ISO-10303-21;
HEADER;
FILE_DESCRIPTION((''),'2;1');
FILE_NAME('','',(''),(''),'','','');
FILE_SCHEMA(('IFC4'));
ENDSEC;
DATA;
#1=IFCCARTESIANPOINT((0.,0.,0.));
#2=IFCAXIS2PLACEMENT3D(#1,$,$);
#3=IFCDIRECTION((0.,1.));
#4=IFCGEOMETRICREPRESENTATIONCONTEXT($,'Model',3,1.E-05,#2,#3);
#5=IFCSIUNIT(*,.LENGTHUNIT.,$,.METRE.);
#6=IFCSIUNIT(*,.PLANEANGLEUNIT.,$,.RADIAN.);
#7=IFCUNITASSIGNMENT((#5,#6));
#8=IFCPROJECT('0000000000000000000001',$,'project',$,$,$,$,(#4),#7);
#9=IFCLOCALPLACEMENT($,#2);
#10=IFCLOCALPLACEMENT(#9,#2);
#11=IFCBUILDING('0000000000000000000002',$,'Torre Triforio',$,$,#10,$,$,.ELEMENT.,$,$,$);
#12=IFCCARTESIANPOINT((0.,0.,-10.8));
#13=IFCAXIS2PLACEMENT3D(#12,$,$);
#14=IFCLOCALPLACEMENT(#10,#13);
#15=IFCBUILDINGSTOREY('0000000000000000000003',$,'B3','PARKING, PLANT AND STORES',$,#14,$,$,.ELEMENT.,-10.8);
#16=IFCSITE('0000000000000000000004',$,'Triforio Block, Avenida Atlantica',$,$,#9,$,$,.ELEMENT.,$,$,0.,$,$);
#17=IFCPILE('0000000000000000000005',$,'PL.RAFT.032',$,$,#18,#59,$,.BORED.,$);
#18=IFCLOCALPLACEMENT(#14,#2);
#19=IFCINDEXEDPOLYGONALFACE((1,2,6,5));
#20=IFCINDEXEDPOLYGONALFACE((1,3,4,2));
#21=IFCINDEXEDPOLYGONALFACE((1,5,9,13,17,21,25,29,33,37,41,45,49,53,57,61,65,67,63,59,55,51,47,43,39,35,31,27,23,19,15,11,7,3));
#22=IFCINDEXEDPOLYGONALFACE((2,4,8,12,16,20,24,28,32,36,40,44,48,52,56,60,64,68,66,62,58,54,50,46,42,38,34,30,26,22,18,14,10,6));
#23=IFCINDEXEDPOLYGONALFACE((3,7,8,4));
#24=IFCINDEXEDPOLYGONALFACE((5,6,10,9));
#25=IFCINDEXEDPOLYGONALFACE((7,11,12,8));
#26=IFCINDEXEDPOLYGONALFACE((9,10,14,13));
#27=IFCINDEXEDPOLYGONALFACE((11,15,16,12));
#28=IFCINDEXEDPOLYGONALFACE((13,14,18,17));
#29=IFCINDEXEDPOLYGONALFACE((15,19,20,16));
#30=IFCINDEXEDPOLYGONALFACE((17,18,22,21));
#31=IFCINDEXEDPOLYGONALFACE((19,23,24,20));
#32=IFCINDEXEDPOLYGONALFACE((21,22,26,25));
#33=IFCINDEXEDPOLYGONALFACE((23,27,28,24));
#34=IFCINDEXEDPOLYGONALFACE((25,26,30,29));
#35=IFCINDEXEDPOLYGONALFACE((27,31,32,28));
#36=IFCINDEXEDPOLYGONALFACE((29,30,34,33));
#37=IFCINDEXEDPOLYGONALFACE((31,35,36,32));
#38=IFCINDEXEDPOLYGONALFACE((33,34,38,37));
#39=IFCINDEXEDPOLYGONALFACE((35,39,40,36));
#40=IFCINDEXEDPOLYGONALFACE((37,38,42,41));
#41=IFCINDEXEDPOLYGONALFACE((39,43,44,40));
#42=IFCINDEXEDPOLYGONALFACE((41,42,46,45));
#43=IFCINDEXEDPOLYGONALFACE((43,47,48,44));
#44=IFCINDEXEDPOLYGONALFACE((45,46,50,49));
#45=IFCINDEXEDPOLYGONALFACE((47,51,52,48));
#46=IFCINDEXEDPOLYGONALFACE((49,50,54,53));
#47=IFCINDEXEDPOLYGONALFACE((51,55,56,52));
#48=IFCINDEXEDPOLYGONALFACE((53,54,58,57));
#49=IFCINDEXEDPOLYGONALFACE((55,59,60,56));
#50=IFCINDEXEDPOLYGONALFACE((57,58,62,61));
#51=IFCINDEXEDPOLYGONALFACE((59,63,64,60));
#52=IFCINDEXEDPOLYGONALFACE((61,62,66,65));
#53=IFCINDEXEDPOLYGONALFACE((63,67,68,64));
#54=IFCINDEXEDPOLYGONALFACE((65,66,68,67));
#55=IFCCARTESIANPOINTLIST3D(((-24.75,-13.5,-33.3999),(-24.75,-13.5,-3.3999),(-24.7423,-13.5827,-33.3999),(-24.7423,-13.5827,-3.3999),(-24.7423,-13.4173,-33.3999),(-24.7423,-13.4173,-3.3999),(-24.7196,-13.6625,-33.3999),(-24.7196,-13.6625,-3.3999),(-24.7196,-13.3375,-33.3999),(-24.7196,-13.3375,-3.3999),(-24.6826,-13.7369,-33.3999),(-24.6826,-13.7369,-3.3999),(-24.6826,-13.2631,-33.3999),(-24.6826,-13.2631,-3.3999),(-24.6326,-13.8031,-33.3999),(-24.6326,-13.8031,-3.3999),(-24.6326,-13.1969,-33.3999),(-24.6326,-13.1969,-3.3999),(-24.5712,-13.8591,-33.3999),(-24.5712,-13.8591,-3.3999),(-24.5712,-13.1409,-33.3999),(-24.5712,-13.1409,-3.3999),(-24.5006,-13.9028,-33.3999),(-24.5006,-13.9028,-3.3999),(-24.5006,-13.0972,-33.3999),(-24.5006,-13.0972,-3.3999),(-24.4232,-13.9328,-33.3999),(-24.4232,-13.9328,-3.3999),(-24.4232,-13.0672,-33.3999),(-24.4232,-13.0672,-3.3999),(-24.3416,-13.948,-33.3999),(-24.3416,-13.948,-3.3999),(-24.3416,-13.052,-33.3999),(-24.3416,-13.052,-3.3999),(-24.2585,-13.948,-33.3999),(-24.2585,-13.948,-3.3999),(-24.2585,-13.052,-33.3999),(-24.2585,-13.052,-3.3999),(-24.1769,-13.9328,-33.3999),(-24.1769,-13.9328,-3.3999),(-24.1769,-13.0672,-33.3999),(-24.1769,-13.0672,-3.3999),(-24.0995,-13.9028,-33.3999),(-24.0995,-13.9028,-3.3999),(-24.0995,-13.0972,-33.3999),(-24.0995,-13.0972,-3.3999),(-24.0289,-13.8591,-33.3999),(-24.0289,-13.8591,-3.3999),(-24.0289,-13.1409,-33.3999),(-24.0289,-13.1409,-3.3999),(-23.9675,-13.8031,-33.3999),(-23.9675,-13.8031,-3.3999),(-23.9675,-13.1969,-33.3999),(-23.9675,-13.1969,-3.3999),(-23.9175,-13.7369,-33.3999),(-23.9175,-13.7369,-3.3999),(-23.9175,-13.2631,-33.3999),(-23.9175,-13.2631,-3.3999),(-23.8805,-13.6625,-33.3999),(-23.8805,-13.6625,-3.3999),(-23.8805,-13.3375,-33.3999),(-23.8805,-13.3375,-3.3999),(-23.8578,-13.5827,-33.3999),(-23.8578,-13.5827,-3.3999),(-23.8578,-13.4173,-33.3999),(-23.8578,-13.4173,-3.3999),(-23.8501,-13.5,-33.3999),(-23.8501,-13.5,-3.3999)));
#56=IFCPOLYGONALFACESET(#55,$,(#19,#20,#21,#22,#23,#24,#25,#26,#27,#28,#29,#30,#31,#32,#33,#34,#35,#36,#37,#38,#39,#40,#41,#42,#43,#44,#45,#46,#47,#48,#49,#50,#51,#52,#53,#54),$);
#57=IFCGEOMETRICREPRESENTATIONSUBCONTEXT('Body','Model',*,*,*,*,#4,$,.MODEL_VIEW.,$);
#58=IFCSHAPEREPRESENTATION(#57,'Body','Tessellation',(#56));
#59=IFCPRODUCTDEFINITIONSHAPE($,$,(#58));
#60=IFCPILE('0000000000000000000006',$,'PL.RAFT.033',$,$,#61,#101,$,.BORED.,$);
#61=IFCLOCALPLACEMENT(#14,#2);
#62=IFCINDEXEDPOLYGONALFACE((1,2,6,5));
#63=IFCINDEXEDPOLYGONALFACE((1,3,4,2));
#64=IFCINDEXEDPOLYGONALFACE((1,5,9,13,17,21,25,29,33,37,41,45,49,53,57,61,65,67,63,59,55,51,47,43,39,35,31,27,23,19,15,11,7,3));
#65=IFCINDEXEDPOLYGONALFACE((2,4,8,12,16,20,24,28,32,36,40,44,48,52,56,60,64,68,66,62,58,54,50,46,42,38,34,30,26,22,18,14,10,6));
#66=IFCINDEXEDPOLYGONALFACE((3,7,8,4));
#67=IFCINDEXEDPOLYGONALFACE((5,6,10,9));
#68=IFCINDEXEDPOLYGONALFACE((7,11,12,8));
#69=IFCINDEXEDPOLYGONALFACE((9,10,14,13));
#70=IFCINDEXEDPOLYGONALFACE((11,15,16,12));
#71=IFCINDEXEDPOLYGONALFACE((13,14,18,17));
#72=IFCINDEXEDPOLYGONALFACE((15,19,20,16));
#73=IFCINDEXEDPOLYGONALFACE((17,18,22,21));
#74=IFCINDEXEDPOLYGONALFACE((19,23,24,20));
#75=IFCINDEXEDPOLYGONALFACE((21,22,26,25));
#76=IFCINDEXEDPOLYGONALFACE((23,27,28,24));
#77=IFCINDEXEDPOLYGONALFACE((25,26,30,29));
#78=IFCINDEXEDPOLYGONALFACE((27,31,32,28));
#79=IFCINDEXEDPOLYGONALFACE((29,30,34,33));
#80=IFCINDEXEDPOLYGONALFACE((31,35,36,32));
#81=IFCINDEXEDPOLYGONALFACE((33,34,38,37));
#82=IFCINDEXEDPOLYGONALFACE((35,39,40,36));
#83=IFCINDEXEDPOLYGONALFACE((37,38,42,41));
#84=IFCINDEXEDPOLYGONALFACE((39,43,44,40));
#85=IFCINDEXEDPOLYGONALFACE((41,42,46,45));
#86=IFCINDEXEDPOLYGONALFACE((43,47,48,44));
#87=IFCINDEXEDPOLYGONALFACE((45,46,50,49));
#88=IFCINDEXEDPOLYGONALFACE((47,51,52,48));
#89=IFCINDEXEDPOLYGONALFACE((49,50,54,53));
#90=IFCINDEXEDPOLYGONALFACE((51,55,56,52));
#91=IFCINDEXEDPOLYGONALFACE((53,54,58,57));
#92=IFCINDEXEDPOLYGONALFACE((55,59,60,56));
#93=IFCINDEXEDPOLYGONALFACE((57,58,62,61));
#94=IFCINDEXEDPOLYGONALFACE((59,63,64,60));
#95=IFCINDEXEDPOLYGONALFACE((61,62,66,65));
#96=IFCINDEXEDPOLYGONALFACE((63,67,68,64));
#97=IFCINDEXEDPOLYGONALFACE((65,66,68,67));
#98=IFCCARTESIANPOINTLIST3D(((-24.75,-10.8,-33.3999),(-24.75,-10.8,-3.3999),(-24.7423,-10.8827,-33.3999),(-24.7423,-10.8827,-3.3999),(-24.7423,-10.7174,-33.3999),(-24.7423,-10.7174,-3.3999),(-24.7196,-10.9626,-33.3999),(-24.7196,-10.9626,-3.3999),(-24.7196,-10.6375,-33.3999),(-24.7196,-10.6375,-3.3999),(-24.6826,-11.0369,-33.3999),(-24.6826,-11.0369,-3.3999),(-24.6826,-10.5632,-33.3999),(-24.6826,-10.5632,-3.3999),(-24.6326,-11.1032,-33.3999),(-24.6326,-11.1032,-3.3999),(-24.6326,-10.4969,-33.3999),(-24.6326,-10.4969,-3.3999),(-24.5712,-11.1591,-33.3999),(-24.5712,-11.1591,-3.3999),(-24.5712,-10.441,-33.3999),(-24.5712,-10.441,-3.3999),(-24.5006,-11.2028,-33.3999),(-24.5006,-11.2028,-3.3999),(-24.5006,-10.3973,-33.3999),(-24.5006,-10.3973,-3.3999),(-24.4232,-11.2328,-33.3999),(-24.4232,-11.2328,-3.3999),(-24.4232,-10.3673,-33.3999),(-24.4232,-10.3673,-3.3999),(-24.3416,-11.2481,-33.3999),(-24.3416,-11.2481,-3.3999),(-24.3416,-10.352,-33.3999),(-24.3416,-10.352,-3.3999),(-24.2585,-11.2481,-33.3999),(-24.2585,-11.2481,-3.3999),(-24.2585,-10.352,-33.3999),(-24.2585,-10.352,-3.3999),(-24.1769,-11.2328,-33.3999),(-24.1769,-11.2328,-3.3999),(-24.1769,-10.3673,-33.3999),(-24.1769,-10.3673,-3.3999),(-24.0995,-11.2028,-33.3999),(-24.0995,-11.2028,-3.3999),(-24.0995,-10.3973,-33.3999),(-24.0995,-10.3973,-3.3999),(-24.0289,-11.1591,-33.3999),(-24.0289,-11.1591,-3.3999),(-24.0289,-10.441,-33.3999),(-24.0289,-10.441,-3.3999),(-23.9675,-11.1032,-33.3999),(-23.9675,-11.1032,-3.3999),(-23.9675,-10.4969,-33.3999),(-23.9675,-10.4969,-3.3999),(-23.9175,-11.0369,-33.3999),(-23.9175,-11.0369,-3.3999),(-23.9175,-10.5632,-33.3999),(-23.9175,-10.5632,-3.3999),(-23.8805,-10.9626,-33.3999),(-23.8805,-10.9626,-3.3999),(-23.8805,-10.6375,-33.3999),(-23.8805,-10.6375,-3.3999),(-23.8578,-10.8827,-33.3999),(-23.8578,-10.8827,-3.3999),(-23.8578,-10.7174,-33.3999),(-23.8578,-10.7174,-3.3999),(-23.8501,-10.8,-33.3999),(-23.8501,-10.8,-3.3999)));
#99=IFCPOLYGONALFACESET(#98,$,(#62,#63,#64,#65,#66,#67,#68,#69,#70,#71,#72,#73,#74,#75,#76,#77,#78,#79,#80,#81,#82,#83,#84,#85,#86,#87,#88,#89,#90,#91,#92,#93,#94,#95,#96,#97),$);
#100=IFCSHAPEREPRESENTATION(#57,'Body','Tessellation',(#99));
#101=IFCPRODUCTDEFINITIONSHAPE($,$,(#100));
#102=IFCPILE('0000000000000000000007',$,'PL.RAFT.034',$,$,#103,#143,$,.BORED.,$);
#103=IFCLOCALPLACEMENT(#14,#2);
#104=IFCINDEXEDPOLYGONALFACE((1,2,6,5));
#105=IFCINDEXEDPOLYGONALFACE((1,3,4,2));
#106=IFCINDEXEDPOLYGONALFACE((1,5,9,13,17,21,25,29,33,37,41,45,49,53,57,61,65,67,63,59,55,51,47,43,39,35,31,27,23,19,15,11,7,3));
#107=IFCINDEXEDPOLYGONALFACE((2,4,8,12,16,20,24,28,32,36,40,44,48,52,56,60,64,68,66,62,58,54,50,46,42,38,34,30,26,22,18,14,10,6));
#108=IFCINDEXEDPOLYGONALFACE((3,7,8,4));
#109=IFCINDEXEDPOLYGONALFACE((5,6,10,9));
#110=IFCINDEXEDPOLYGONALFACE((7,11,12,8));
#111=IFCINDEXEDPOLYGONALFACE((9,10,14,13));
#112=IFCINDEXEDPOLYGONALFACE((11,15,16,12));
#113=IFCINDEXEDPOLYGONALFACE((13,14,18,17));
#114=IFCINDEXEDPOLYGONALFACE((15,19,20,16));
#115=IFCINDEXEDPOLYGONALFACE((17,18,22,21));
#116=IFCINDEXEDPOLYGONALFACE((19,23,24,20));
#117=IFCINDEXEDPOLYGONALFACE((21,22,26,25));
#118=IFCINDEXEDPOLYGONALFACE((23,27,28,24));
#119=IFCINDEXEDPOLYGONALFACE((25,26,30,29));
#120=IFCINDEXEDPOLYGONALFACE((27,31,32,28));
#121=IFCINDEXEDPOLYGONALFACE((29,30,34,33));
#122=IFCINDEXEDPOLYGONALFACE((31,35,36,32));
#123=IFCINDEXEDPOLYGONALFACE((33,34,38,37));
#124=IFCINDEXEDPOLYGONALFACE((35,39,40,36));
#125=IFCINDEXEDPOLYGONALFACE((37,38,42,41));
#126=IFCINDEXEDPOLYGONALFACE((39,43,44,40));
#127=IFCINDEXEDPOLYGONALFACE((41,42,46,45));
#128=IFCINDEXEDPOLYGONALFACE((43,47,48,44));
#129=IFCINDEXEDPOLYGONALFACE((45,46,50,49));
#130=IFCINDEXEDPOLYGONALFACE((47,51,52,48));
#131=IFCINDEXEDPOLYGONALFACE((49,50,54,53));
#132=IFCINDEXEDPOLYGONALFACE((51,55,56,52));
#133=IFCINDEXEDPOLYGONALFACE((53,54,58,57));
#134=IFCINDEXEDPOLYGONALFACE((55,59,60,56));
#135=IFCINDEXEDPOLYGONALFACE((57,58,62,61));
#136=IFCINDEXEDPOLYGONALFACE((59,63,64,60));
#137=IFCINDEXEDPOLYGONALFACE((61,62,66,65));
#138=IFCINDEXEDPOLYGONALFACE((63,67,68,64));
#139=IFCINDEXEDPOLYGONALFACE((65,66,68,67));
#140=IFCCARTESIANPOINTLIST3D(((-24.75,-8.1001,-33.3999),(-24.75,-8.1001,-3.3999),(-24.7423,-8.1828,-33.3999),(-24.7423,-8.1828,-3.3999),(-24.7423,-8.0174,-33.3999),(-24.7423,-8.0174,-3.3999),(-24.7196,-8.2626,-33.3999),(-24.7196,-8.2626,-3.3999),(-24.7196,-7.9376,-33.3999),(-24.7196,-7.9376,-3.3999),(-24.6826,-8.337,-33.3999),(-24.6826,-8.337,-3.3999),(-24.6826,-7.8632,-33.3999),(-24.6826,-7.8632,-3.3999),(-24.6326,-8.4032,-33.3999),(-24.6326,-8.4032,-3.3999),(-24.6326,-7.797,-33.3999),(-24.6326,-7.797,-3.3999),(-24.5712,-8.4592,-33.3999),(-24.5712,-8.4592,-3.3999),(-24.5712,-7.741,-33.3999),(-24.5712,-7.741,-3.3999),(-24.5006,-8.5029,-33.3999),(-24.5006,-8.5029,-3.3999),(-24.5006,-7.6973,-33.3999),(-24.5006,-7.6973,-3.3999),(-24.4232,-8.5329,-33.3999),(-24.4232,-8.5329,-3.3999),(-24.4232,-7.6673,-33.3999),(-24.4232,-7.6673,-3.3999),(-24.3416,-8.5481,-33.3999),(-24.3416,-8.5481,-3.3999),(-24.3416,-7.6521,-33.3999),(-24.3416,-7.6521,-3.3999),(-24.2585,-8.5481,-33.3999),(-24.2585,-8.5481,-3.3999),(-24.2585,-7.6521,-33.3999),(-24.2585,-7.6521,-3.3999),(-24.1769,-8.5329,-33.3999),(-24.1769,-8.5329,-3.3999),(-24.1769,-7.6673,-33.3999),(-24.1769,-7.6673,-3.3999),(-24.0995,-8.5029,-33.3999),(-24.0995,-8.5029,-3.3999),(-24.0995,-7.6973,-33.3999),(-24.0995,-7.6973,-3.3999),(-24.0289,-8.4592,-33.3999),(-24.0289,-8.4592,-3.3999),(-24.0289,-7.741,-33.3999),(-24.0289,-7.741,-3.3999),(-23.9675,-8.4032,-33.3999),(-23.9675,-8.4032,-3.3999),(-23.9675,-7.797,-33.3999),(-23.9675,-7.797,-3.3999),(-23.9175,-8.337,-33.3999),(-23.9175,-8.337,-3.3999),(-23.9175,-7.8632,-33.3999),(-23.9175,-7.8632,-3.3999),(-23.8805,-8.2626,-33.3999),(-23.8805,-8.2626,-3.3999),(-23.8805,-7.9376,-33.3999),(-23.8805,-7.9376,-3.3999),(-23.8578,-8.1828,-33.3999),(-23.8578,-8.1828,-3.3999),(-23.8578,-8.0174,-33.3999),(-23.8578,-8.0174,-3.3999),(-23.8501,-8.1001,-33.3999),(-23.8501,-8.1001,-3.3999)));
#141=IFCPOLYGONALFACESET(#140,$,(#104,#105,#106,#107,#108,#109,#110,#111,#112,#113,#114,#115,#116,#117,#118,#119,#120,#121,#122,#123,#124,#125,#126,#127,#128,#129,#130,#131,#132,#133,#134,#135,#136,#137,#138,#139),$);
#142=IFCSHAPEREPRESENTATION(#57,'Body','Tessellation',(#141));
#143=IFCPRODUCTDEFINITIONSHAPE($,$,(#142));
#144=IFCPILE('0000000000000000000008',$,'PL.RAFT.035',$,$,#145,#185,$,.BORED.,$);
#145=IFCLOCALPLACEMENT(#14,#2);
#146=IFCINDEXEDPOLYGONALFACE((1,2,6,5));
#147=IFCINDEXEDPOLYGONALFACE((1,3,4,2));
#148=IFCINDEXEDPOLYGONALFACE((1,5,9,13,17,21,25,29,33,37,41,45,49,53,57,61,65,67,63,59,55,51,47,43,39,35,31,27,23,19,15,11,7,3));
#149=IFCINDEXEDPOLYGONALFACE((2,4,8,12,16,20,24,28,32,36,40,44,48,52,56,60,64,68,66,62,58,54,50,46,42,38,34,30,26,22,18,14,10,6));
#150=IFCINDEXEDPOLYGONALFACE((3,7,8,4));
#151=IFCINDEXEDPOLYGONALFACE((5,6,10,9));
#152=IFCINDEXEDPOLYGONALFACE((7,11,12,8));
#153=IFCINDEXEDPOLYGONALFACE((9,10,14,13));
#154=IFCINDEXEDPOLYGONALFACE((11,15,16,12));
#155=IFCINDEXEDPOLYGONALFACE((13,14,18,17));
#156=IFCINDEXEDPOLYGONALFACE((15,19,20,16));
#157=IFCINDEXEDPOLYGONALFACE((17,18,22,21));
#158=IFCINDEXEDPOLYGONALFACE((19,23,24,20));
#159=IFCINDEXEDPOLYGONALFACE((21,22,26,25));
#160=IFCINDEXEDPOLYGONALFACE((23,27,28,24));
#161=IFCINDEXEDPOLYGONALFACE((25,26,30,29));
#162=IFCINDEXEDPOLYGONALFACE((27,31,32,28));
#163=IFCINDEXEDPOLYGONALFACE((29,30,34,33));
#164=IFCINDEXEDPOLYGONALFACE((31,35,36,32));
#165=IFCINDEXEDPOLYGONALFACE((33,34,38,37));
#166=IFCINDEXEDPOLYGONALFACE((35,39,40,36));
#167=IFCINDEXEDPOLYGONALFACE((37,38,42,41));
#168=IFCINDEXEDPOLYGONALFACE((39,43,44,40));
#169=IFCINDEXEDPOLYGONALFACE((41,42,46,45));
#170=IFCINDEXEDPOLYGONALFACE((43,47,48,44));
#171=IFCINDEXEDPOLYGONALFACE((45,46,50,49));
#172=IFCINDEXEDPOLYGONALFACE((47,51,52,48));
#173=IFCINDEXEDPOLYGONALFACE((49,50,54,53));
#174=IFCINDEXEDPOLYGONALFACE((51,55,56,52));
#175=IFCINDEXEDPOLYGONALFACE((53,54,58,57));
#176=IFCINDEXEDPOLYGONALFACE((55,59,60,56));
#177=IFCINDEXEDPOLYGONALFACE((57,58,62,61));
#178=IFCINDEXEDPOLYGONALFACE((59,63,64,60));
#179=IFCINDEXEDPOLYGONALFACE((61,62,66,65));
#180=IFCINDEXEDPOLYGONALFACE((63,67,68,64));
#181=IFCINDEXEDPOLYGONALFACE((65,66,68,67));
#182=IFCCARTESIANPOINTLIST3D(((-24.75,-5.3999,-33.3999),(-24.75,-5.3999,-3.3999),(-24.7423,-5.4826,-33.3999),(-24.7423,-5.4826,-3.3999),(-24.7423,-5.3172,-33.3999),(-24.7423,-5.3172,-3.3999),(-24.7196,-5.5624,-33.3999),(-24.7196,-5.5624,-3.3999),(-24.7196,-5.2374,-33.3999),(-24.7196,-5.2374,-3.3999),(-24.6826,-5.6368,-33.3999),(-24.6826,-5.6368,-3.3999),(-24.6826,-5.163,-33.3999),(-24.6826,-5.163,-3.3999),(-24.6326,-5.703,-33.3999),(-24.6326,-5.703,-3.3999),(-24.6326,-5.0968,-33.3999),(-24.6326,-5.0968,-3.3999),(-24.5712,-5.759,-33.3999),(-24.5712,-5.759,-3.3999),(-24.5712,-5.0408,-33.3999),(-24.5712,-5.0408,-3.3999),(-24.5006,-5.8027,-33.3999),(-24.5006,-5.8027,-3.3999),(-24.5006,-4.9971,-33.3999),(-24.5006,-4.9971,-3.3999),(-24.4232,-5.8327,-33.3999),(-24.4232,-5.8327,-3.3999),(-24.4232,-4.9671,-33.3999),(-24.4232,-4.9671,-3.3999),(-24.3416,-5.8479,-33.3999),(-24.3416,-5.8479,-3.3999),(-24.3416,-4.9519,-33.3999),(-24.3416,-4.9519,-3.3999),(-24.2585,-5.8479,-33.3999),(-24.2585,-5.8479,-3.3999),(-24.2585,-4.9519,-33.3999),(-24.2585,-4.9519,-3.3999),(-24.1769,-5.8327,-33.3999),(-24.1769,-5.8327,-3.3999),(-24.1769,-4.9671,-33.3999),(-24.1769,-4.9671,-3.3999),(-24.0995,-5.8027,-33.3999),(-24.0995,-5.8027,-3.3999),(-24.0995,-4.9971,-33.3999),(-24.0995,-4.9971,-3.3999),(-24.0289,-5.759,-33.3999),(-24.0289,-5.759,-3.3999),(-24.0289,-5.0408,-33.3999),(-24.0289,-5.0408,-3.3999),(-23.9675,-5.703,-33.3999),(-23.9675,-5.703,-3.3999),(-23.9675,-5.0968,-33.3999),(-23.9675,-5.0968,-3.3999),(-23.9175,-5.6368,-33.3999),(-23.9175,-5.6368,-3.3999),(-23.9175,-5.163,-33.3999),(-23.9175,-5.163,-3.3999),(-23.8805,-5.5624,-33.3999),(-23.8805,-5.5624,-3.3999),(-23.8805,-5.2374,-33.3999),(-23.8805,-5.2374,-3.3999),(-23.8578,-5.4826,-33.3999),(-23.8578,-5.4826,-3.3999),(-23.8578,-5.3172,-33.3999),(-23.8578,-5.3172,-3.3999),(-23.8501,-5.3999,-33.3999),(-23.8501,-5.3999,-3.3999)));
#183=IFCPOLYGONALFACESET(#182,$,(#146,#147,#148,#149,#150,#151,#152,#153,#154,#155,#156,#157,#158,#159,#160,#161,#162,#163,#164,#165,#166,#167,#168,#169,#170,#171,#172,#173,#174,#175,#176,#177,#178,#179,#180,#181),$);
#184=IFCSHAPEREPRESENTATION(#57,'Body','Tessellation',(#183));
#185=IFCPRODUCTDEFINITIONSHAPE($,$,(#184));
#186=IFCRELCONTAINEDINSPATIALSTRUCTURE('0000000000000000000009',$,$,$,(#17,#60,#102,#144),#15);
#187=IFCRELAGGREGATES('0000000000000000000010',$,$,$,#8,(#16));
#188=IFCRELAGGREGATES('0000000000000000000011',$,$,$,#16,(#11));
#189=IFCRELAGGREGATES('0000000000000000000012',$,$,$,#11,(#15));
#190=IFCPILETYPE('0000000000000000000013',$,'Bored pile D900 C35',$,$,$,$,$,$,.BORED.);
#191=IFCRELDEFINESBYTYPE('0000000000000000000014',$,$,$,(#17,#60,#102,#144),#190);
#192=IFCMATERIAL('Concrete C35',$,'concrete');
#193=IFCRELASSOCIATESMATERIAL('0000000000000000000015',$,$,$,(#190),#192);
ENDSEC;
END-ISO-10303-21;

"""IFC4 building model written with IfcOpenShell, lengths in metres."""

from ifc_helpers import new_model, si_unit, direction, frame, origin, origin_2d, place, context, subcontext, project, spatial, circle, extrude, material, material_profile, profile_set, type_object, element, save


model = new_model("IFC4")

# Units and contexts
model_context = context("Model", 3, precision=1e-05, world=origin(), true_north=direction((0.0, 1.0)))
body_context = subcontext(model_context, "Body", "Model", "MODEL_VIEW")
ifc_project = project(units=[si_unit("LENGTHUNIT", "METRE"), si_unit("PLANEANGLEUNIT", "RADIAN")], contexts=[model_context])

# Site, building, storey
site_placement = place(None, origin())
site = spatial("IfcSite", under=ifc_project, at=site_placement, Name="Triforio Block, Avenida Atlantica", CompositionType="ELEMENT", RefElevation=0.0)
building_placement = place(site_placement, origin())
building = spatial("IfcBuilding", under=site, at=building_placement, Name="Torre Triforio", CompositionType="ELEMENT")
storey_placement = place(building_placement, frame((0.0, 0.0, -10.8)))
storey = spatial("IfcBuildingStorey", under=building, at=storey_placement, Name="B3", Description="PARKING, PLANT AND STORES", CompositionType="ELEMENT", Elevation=-10.8)

# Piles
ifc_material_1 = material(Name="Concrete C35", Category="concrete")
ifc_material_profile_1 = material_profile(ifc_material_1, circle(Radius=0.45, at=origin_2d()), Name="RC D900")
ifc_profile_set_1 = profile_set([ifc_material_profile_1], Name="Concrete C35")
pile_type = type_object("IfcPileType", Name="Bored pile D900 C35", PredefinedType="BORED", material=ifc_profile_set_1)
for number, where, z_axis, x_axis, name in (
    (1, (-24.3, -13.5, -3.3999), (0.0, 0.0, -1.0), (1.0, 0.0, 0.0), "PL.RAFT.032"),
    (2, (-24.3, -10.8, -3.3999), (0.0, 0.0, -1.0), (1.0, 0.0, 0.0), "PL.RAFT.033"),
    (3, (-24.3, -8.1001, -3.3999), (0.0, 0.0, -1.0), (1.0, 0.0, 0.0), "PL.RAFT.034"),
    (4, (-24.3, -5.3999, -3.3999), (0.0, 0.0, -1.0), (1.0, 0.0, 0.0), "PL.RAFT.035"),
):
    element("IfcPile", number, at=place(storey_placement, frame(where, z_axis=z_axis, x_axis=x_axis)), inside=storey, type_object=pile_type, Name=name, PredefinedType="BORED", context=body_context, shape_type="SweptSolid", body=[
        extrude(circle(Radius=0.45, at=origin_2d()), origin(), (0.0, 0.0, 1.0), 30.0),
    ])

save(model, "model.ifc")
